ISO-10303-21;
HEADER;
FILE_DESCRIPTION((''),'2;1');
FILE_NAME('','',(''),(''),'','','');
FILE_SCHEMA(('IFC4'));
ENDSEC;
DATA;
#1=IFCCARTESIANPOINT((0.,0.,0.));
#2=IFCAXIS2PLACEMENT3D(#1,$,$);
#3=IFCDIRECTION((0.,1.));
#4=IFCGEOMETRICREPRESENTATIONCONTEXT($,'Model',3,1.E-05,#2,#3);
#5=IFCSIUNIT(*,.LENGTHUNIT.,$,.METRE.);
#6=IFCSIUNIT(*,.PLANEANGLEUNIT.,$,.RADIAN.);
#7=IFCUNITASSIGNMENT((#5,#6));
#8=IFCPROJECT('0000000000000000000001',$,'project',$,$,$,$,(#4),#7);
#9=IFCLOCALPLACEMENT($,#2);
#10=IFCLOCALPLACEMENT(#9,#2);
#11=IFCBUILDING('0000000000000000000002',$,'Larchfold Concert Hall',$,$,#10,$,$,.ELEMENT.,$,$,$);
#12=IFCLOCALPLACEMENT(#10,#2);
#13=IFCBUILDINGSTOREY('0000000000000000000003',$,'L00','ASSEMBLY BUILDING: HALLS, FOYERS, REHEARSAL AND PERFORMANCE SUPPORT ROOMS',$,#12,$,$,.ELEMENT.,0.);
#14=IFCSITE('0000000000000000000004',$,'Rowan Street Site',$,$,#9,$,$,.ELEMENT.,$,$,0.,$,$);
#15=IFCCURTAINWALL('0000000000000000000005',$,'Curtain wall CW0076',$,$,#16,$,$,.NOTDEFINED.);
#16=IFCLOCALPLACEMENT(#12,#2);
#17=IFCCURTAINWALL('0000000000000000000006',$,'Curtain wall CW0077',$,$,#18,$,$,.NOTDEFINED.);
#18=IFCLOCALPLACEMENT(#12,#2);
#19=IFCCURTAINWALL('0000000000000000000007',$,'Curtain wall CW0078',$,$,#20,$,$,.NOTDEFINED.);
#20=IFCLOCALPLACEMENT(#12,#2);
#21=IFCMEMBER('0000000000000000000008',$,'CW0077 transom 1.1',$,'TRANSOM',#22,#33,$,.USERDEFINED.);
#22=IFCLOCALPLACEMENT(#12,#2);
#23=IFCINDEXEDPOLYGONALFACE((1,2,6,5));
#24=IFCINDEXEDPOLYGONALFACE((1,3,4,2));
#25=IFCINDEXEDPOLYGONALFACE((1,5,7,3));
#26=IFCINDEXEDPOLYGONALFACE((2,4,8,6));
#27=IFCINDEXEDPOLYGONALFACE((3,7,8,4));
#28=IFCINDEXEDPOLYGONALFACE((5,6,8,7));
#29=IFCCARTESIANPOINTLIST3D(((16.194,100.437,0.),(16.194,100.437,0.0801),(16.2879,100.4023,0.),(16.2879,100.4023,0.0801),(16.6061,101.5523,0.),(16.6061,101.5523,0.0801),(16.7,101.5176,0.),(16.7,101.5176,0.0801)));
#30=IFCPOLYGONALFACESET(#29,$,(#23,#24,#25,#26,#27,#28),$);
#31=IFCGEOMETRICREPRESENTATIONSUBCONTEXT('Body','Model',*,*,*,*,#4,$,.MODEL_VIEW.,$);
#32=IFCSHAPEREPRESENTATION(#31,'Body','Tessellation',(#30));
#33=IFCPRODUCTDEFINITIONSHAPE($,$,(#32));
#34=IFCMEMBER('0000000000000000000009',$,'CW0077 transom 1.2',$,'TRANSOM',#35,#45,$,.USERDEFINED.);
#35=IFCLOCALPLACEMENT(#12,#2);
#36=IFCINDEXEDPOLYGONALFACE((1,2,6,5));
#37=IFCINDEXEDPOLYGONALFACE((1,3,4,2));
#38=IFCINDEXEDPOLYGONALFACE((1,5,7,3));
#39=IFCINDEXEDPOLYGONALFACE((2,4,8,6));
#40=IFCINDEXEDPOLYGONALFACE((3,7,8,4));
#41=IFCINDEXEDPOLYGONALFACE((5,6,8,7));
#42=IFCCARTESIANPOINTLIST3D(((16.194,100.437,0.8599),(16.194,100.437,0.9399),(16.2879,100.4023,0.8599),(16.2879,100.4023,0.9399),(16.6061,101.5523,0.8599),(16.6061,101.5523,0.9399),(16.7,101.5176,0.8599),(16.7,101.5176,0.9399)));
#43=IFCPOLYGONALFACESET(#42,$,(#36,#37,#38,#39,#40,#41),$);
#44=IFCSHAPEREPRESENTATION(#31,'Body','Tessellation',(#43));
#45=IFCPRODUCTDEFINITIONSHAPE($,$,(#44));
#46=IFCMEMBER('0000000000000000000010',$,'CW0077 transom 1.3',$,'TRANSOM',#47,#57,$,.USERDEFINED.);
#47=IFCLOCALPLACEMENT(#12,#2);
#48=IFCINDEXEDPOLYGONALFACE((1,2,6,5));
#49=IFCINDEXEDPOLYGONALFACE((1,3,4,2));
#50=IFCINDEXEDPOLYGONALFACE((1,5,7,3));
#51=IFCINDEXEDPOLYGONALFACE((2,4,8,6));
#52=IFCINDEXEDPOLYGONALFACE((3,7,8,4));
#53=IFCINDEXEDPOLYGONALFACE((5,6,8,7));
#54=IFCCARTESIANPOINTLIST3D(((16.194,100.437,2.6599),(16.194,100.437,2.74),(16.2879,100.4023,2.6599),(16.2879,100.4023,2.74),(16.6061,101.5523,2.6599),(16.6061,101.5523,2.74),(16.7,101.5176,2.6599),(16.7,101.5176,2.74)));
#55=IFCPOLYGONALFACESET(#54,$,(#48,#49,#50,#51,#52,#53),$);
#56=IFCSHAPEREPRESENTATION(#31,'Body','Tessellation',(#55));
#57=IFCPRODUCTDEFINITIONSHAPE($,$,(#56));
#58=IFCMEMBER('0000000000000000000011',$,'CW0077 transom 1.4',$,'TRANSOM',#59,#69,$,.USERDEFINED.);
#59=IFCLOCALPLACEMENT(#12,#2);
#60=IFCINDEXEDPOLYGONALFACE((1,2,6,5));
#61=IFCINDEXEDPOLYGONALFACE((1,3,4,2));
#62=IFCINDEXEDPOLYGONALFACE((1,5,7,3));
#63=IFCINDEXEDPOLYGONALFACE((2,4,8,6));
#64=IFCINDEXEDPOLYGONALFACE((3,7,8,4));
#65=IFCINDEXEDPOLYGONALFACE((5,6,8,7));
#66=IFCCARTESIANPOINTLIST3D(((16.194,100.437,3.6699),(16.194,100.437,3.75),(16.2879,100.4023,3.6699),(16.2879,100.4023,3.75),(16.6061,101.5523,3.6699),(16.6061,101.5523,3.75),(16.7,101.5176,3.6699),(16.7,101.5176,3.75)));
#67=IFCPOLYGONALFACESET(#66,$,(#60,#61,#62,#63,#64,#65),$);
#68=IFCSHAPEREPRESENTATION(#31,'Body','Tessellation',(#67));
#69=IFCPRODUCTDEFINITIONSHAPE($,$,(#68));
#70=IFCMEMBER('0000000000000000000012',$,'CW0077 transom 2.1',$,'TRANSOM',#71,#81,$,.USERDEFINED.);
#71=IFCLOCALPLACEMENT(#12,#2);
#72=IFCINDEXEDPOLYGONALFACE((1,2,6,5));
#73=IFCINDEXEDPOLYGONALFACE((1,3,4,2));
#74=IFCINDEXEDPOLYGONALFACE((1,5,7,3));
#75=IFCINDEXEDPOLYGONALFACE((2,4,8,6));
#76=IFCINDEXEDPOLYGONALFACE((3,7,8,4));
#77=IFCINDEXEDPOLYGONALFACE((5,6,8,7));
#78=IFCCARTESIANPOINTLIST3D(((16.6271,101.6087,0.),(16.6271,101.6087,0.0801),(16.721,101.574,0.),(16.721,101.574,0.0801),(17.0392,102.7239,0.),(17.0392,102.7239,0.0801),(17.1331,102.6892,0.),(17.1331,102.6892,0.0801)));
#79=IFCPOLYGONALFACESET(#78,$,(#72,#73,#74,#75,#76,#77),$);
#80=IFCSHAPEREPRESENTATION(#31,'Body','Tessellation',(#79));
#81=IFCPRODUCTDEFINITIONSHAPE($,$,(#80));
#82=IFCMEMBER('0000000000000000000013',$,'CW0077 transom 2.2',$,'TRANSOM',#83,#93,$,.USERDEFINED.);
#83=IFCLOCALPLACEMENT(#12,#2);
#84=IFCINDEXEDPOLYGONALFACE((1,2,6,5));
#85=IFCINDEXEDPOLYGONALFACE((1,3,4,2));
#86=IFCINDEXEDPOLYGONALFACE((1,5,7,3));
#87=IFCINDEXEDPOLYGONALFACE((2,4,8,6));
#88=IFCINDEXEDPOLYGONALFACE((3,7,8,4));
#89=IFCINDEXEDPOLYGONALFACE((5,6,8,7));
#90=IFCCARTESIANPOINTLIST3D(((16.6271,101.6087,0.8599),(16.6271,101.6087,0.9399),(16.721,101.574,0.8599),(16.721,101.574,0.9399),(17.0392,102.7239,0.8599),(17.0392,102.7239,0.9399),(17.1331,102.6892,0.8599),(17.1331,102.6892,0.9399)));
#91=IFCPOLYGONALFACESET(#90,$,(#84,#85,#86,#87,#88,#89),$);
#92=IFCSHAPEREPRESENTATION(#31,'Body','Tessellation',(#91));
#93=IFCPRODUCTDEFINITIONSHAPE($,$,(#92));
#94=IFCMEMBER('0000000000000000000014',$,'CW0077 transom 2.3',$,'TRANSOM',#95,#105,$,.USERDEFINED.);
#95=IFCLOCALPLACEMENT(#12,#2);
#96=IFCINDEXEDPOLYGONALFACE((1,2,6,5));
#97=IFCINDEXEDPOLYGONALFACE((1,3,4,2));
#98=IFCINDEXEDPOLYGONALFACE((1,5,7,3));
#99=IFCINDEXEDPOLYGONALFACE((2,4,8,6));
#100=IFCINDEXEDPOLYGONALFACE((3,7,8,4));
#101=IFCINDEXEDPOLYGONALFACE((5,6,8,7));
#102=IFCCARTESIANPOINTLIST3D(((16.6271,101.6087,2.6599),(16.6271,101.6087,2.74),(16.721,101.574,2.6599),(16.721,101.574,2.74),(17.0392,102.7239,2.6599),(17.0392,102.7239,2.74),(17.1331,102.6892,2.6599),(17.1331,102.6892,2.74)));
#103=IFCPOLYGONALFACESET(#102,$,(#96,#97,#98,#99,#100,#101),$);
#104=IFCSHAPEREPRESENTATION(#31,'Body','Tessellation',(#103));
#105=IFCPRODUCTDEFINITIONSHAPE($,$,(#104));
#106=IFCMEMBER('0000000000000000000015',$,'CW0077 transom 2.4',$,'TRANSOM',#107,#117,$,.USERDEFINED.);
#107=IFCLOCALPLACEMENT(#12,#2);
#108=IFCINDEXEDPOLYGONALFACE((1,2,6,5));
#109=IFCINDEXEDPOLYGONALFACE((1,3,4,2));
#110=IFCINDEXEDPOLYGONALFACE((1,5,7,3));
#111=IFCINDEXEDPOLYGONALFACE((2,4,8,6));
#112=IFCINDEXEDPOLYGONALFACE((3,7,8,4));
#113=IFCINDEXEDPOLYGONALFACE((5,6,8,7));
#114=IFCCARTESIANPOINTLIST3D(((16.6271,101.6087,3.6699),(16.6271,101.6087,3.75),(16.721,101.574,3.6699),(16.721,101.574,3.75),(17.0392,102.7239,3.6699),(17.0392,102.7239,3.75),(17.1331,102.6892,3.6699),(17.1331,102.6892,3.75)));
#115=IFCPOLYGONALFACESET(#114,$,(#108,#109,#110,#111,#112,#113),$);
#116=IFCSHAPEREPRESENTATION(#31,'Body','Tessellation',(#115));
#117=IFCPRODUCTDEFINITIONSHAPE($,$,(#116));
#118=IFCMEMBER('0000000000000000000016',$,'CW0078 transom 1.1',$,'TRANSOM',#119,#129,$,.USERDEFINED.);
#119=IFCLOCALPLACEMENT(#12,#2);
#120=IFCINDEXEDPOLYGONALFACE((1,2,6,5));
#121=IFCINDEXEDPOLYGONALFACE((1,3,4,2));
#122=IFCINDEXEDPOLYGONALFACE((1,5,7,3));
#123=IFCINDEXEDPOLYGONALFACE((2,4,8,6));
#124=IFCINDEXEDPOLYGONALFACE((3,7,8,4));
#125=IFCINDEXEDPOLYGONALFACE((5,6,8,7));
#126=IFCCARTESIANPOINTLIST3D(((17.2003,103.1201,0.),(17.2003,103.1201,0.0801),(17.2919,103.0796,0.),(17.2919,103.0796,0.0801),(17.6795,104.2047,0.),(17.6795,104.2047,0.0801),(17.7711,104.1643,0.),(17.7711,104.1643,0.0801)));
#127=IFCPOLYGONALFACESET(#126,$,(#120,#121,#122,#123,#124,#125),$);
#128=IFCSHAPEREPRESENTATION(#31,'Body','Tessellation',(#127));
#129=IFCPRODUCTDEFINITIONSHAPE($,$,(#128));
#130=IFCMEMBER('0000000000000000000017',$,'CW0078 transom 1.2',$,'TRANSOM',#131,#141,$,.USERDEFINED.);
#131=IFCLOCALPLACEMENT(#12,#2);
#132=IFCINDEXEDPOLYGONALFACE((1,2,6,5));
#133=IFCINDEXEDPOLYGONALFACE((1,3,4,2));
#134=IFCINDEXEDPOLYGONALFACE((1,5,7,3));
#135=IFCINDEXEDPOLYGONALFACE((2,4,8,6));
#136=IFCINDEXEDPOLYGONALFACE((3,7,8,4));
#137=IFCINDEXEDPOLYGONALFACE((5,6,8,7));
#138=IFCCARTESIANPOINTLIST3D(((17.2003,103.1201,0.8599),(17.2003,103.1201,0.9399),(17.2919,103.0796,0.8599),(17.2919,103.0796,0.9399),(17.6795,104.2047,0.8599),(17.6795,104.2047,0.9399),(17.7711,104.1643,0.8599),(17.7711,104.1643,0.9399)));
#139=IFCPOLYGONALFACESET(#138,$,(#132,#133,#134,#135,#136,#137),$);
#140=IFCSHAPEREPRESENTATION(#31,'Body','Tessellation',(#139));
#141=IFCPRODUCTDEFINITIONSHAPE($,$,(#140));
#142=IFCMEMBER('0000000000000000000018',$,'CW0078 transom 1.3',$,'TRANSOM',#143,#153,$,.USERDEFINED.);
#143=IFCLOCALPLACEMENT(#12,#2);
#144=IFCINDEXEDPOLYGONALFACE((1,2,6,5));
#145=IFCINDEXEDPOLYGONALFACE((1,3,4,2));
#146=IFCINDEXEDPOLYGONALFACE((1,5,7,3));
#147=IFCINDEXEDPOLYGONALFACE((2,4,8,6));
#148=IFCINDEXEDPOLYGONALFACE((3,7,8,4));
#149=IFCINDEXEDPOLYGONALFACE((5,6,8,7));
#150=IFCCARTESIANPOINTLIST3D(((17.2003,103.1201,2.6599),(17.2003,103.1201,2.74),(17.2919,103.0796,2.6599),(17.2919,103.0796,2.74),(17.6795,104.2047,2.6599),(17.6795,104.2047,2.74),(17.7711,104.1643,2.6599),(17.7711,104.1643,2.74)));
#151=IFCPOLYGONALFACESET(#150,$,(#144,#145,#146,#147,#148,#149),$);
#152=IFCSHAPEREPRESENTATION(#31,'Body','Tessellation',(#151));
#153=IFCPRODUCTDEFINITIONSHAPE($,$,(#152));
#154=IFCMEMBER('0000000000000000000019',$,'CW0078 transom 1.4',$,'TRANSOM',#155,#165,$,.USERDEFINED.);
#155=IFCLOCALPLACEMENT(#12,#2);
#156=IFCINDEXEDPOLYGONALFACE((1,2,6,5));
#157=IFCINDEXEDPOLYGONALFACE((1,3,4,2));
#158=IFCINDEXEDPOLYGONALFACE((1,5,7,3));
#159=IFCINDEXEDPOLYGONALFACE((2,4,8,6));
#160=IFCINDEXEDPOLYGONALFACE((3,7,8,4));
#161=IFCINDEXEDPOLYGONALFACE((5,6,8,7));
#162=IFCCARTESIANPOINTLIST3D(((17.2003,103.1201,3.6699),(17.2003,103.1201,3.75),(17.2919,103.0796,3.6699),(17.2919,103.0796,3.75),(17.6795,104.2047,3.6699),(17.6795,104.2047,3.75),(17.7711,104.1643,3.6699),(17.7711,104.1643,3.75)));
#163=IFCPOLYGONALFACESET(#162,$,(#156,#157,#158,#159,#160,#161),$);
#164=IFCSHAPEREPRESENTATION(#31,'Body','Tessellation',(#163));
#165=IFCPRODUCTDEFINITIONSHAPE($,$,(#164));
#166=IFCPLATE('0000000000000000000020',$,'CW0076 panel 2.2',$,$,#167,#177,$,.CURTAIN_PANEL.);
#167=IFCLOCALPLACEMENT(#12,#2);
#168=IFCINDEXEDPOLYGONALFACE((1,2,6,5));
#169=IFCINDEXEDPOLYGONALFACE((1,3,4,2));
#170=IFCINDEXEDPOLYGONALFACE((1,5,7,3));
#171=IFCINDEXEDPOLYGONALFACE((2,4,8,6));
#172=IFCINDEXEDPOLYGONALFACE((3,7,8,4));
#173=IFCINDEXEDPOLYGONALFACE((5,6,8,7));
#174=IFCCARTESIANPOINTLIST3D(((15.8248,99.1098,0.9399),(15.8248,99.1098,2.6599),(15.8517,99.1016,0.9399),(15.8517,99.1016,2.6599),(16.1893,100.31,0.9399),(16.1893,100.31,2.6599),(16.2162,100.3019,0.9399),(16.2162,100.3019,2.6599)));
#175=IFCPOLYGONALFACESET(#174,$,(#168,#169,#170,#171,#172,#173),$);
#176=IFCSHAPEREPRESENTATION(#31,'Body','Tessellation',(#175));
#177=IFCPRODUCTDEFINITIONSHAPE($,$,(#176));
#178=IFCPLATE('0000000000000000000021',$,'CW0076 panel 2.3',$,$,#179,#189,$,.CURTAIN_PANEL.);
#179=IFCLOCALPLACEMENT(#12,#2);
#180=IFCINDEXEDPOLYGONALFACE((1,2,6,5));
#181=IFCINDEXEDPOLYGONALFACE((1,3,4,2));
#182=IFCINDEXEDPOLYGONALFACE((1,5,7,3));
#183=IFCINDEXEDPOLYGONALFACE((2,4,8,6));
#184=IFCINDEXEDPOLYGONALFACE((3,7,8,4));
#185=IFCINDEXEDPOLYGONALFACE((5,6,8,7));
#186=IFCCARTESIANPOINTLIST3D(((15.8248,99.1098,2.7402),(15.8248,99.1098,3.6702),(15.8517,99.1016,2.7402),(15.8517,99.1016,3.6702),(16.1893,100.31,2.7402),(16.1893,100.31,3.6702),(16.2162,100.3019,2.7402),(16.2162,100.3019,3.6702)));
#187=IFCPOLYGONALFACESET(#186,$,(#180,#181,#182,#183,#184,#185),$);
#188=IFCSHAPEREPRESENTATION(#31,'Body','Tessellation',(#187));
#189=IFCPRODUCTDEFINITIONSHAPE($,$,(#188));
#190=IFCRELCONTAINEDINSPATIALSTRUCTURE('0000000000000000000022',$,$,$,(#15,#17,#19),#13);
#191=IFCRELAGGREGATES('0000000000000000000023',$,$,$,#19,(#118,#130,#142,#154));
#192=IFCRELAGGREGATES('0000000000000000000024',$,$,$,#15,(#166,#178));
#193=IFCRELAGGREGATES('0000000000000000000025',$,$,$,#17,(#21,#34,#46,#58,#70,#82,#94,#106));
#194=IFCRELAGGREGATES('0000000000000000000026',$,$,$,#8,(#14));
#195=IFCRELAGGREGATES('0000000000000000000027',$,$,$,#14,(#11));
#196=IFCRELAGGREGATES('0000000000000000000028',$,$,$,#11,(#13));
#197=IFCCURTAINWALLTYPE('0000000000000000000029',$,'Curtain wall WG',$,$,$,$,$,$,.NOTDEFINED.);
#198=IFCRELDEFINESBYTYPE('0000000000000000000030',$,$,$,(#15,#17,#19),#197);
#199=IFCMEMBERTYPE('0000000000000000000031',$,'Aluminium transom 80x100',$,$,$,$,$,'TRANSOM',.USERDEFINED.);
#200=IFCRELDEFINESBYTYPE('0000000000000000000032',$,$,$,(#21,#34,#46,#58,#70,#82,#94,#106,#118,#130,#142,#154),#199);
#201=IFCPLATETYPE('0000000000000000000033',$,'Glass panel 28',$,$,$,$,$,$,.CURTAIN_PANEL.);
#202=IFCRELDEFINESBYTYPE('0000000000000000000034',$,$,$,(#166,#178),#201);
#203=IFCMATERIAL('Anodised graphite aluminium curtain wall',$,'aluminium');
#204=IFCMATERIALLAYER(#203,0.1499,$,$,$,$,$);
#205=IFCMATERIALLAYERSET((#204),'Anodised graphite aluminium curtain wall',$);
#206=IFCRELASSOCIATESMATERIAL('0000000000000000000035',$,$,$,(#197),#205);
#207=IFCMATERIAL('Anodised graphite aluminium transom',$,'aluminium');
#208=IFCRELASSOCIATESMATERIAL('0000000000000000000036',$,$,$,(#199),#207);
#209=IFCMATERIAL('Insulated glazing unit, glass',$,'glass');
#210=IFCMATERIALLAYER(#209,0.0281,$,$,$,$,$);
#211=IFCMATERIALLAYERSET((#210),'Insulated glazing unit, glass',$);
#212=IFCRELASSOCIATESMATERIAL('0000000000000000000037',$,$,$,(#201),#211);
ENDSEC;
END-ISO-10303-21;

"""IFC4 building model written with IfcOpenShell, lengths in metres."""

from ifc_helpers import new_model, si_unit, direction, frame, origin, origin_2d, place, context, subcontext, project, spatial, rectangle, extrude, material, layer, layer_set, material_profile, profile_set, type_object, element, aggregate, save


model = new_model("IFC4")

# Units and contexts
model_context = context("Model", 3, precision=1e-05, world=origin(), true_north=direction((0.0, 1.0)))
body_context = subcontext(model_context, "Body", "Model", "MODEL_VIEW")
ifc_project = project(units=[si_unit("LENGTHUNIT", "METRE"), si_unit("PLANEANGLEUNIT", "RADIAN")], contexts=[model_context])

# Site, building, storey
site_placement = place(None, origin())
site = spatial("IfcSite", under=ifc_project, at=site_placement, Name="Rowan Street Site", CompositionType="ELEMENT", RefElevation=0.0)
building_placement = place(site_placement, origin())
building = spatial("IfcBuilding", under=site, at=building_placement, Name="Larchfold Concert Hall", CompositionType="ELEMENT")
storey_placement = place(building_placement, origin())
storey = spatial("IfcBuildingStorey", under=building, at=storey_placement, Name="L00", Description="ASSEMBLY BUILDING: HALLS, FOYERS, REHEARSAL AND PERFORMANCE SUPPORT ROOMS", CompositionType="ELEMENT", Elevation=0.0)

# Curtain wall
ifc_material_1 = material(Name="Anodised graphite aluminium curtain wall", Category="aluminium")
ifc_layer_1 = layer(ifc_material_1, 0.1499)
ifc_layer_set_1 = layer_set([ifc_layer_1], Name="Anodised graphite aluminium curtain wall")
curtain_wall_type = type_object("IfcCurtainWallType", Name="Curtain wall WG", PredefinedType="NOTDEFINED", material=ifc_layer_set_1)
curtain_wall_1_placement = place(storey_placement, origin())
curtain_wall_1 = element("IfcCurtainWall", 1, at=curtain_wall_1_placement, inside=storey, type_object=curtain_wall_type, Name="Curtain wall CW0076", PredefinedType="NOTDEFINED")

# Curtain wall
curtain_wall_2_placement = place(storey_placement, origin())
curtain_wall_2 = element("IfcCurtainWall", 2, at=curtain_wall_2_placement, inside=storey, type_object=curtain_wall_type, Name="Curtain wall CW0077", PredefinedType="NOTDEFINED")

# Curtain wall
curtain_wall_3_placement = place(storey_placement, origin())
curtain_wall_3 = element("IfcCurtainWall", 3, at=curtain_wall_3_placement, inside=storey, type_object=curtain_wall_type, Name="Curtain wall CW0078", PredefinedType="NOTDEFINED")

# Members
ifc_material_2 = material(Name="Anodised graphite aluminium transom", Category="aluminium")
ifc_material_profile_1 = material_profile(ifc_material_2, rectangle(XDim=0.1001, YDim=0.0801, at=origin_2d()))
ifc_profile_set_1 = profile_set([ifc_material_profile_1], Name="Anodised graphite aluminium transom")
member_type_1 = type_object("IfcMemberType", Name="Aluminium transom 80x100", ElementType="TRANSOM", PredefinedType="USERDEFINED", material=ifc_profile_set_1)
member_1_placement = place(storey_placement, frame((16.241, 100.4197, 0.04), z_axis=(0.346619, 0.938006, 0.0), x_axis=(-0.938006, 0.346619, 0.0)))
member_1 = element("IfcMember", 4, at=member_1_placement, type_object=member_type_1, Name="CW0077 transom 1.1", ObjectType="TRANSOM", PredefinedType="USERDEFINED", context=body_context, shape_type="SweptSolid", body=[
    extrude(rectangle(XDim=0.1001, YDim=0.0801, at=origin_2d()), origin(), (0.0, 0.0, 1.0), 1.189),
])
member_2_placement = place(storey_placement, frame((16.241, 100.4197, 0.8999), z_axis=(0.346619, 0.938006, 0.0), x_axis=(-0.938006, 0.346619, 0.0)))
member_2 = element("IfcMember", 5, at=member_2_placement, type_object=member_type_1, Name="CW0077 transom 1.2", ObjectType="TRANSOM", PredefinedType="USERDEFINED", context=body_context, shape_type="SweptSolid", body=[
    extrude(rectangle(XDim=0.1001, YDim=0.0801, at=origin_2d()), origin(), (0.0, 0.0, 1.0), 1.189),
])
member_3_placement = place(storey_placement, frame((16.241, 100.4197, 2.7), z_axis=(0.346619, 0.938006, 0.0), x_axis=(-0.938006, 0.346619, 0.0)))
member_3 = element("IfcMember", 6, at=member_3_placement, type_object=member_type_1, Name="CW0077 transom 1.3", ObjectType="TRANSOM", PredefinedType="USERDEFINED", context=body_context, shape_type="SweptSolid", body=[
    extrude(rectangle(XDim=0.1001, YDim=0.0801, at=origin_2d()), origin(), (0.0, 0.0, 1.0), 1.189),
])
member_4_placement = place(storey_placement, frame((16.241, 100.4197, 3.71), z_axis=(0.346619, 0.938006, 0.0), x_axis=(-0.938006, 0.346619, 0.0)))
member_4 = element("IfcMember", 7, at=member_4_placement, type_object=member_type_1, Name="CW0077 transom 1.4", ObjectType="TRANSOM", PredefinedType="USERDEFINED", context=body_context, shape_type="SweptSolid", body=[
    extrude(rectangle(XDim=0.1001, YDim=0.0801, at=origin_2d()), origin(), (0.0, 0.0, 1.0), 1.189),
])
member_5_placement = place(storey_placement, frame((16.6741, 101.5913, 0.04), z_axis=(0.346619, 0.938006, 0.0), x_axis=(-0.938006, 0.346619, 0.0)))
member_5 = element("IfcMember", 8, at=member_5_placement, type_object=member_type_1, Name="CW0077 transom 2.1", ObjectType="TRANSOM", PredefinedType="USERDEFINED", context=body_context, shape_type="SweptSolid", body=[
    extrude(rectangle(XDim=0.1001, YDim=0.0801, at=origin_2d()), origin(), (0.0, 0.0, 1.0), 1.189),
])
member_6_placement = place(storey_placement, frame((16.6741, 101.5913, 0.8999), z_axis=(0.346619, 0.938006, 0.0), x_axis=(-0.938006, 0.346619, 0.0)))
member_6 = element("IfcMember", 9, at=member_6_placement, type_object=member_type_1, Name="CW0077 transom 2.2", ObjectType="TRANSOM", PredefinedType="USERDEFINED", context=body_context, shape_type="SweptSolid", body=[
    extrude(rectangle(XDim=0.1001, YDim=0.0801, at=origin_2d()), origin(), (0.0, 0.0, 1.0), 1.189),
])
member_7_placement = place(storey_placement, frame((16.6741, 101.5913, 2.7), z_axis=(0.346619, 0.938006, 0.0), x_axis=(-0.938006, 0.346619, 0.0)))
member_7 = element("IfcMember", 10, at=member_7_placement, type_object=member_type_1, Name="CW0077 transom 2.3", ObjectType="TRANSOM", PredefinedType="USERDEFINED", context=body_context, shape_type="SweptSolid", body=[
    extrude(rectangle(XDim=0.1001, YDim=0.0801, at=origin_2d()), origin(), (0.0, 0.0, 1.0), 1.189),
])
member_8_placement = place(storey_placement, frame((16.6741, 101.5913, 3.71), z_axis=(0.346619, 0.938006, 0.0), x_axis=(-0.938006, 0.346619, 0.0)))
member_8 = element("IfcMember", 11, at=member_8_placement, type_object=member_type_1, Name="CW0077 transom 2.4", ObjectType="TRANSOM", PredefinedType="USERDEFINED", context=body_context, shape_type="SweptSolid", body=[
    extrude(rectangle(XDim=0.1001, YDim=0.0801, at=origin_2d()), origin(), (0.0, 0.0, 1.0), 1.189),
])
member_9_placement = place(storey_placement, frame((17.2461, 103.0999, 0.04), z_axis=(0.404132, 0.914701, 0.0), x_axis=(-0.914701, 0.404132, 0.0)))
member_9 = element("IfcMember", 12, at=member_9_placement, type_object=member_type_1, Name="CW0078 transom 1.1", ObjectType="TRANSOM", PredefinedType="USERDEFINED", context=body_context, shape_type="SweptSolid", body=[
    extrude(rectangle(XDim=0.1001, YDim=0.0801, at=origin_2d()), origin(), (0.0, 0.0, 1.0), 1.1858),
])
member_10_placement = place(storey_placement, frame((17.2461, 103.0999, 0.8999), z_axis=(0.404132, 0.914701, 0.0), x_axis=(-0.914701, 0.404132, 0.0)))
member_10 = element("IfcMember", 13, at=member_10_placement, type_object=member_type_1, Name="CW0078 transom 1.2", ObjectType="TRANSOM", PredefinedType="USERDEFINED", context=body_context, shape_type="SweptSolid", body=[
    extrude(rectangle(XDim=0.1001, YDim=0.0801, at=origin_2d()), origin(), (0.0, 0.0, 1.0), 1.1858),
])
member_11_placement = place(storey_placement, frame((17.2461, 103.0999, 2.7), z_axis=(0.404132, 0.914701, 0.0), x_axis=(-0.914701, 0.404132, 0.0)))
member_11 = element("IfcMember", 14, at=member_11_placement, type_object=member_type_1, Name="CW0078 transom 1.3", ObjectType="TRANSOM", PredefinedType="USERDEFINED", context=body_context, shape_type="SweptSolid", body=[
    extrude(rectangle(XDim=0.1001, YDim=0.0801, at=origin_2d()), origin(), (0.0, 0.0, 1.0), 1.1858),
])
member_12_placement = place(storey_placement, frame((17.2461, 103.0999, 3.71), z_axis=(0.404132, 0.914701, 0.0), x_axis=(-0.914701, 0.404132, 0.0)))
member_12 = element("IfcMember", 15, at=member_12_placement, type_object=member_type_1, Name="CW0078 transom 1.4", ObjectType="TRANSOM", PredefinedType="USERDEFINED", context=body_context, shape_type="SweptSolid", body=[
    extrude(rectangle(XDim=0.1001, YDim=0.0801, at=origin_2d()), origin(), (0.0, 0.0, 1.0), 1.1858),
])
aggregate(curtain_wall_3, [member_9, member_10, member_11, member_12])

# Plates
ifc_material_3 = material(Name="Insulated glazing unit, glass", Category="glass")
ifc_layer_2 = layer(ifc_material_3, 0.0281)
ifc_layer_set_2 = layer_set([ifc_layer_2], Name="Insulated glazing unit, glass")
plate_type_1 = type_object("IfcPlateType", Name="Glass panel 28", PredefinedType="CURTAIN_PANEL", material=ifc_layer_set_2)
plate_1_placement = place(storey_placement, frame((16.0205, 99.7058, 0.9399), z_axis=(0.0, 0.0, 1.0), x_axis=(0.290562, 0.956856, 0.0)))
plate_1 = element("IfcPlate", 16, at=plate_1_placement, type_object=plate_type_1, Name="CW0076 panel 2.2", PredefinedType="CURTAIN_PANEL", context=body_context, shape_type="SweptSolid", body=[
    extrude(rectangle(XDim=1.2544, YDim=0.0281, at=origin_2d()), origin(), (0.0, 0.0, 1.0), 1.72),
])
plate_2_placement = place(storey_placement, frame((16.0205, 99.7058, 2.7402), z_axis=(0.0, 0.0, 1.0), x_axis=(0.290562, 0.956856, 0.0)))
plate_2 = element("IfcPlate", 17, at=plate_2_placement, type_object=plate_type_1, Name="CW0076 panel 2.3", PredefinedType="CURTAIN_PANEL", context=body_context, shape_type="SweptSolid", body=[
    extrude(rectangle(XDim=1.2544, YDim=0.0281, at=origin_2d()), origin(), (0.0, 0.0, 1.0), 0.9299),
])
aggregate(curtain_wall_1, [plate_1, plate_2])
aggregate(curtain_wall_2, [member_1, member_2, member_3, member_4, member_5, member_6, member_7, member_8])

save(model, "model.ifc")
